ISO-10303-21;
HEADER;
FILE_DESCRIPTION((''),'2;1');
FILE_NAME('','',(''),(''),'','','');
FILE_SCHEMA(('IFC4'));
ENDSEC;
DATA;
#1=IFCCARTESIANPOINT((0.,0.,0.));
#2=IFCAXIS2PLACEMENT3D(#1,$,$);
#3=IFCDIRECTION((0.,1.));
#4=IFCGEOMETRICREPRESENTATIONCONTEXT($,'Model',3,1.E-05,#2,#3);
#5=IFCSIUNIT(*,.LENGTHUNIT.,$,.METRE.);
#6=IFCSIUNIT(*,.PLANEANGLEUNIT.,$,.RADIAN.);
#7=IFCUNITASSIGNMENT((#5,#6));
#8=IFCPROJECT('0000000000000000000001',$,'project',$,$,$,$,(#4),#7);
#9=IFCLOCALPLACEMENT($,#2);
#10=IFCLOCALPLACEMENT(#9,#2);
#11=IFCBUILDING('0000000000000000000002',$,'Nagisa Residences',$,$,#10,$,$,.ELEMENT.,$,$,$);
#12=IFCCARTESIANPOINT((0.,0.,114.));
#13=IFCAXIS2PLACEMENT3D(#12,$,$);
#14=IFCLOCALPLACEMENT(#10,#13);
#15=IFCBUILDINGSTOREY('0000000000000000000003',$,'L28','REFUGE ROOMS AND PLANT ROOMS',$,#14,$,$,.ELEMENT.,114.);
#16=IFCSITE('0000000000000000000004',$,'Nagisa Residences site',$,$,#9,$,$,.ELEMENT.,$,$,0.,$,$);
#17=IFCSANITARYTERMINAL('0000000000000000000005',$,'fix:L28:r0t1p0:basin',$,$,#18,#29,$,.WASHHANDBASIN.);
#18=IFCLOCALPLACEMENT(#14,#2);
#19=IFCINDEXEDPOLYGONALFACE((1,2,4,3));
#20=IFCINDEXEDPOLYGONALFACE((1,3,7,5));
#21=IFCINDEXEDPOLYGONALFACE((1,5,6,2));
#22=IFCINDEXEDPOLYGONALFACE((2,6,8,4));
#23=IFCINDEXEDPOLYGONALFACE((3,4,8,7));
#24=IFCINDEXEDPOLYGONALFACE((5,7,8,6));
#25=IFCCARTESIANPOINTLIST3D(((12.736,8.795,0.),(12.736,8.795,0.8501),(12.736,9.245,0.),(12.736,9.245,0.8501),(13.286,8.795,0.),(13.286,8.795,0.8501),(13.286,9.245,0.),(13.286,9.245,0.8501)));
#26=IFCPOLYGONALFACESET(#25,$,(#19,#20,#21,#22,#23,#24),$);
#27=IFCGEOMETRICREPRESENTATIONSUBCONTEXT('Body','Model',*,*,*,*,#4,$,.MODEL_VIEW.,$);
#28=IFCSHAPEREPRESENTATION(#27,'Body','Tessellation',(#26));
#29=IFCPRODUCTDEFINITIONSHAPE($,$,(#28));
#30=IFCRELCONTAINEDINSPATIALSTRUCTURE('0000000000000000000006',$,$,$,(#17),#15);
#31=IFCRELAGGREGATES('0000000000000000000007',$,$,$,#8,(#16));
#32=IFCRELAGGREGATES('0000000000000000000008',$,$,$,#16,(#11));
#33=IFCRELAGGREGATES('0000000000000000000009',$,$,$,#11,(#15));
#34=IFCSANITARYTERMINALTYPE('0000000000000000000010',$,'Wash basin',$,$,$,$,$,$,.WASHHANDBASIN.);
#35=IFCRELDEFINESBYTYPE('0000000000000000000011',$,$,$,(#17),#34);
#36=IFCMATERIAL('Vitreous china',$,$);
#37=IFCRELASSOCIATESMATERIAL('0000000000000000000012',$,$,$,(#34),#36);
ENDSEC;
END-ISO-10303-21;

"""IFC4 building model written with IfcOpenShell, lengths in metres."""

from ifc_helpers import new_model, si_unit, direction, frame, origin, origin_2d, place, context, subcontext, project, spatial, rectangle, extrude, material, type_object, element, save


model = new_model("IFC4")

# Units and contexts
model_context = context("Model", 3, precision=1e-05, world=origin(), true_north=direction((0.0, 1.0)))
body_context = subcontext(model_context, "Body", "Model", "MODEL_VIEW")
ifc_project = project(units=[si_unit("LENGTHUNIT", "METRE"), si_unit("PLANEANGLEUNIT", "RADIAN")], contexts=[model_context])

# Site, building, storey
site_placement = place(None, origin())
site = spatial("IfcSite", under=ifc_project, at=site_placement, Name="Nagisa Residences site", CompositionType="ELEMENT", RefElevation=0.0)
building_placement = place(site_placement, origin())
building = spatial("IfcBuilding", under=site, at=building_placement, Name="Nagisa Residences", CompositionType="ELEMENT")
storey_placement = place(building_placement, frame((0.0, 0.0, 114.0)))
storey = spatial("IfcBuildingStorey", under=building, at=storey_placement, Name="L28", Description="REFUGE ROOMS AND PLANT ROOMS", CompositionType="ELEMENT", Elevation=114.0)

# Sanitary terminal
ifc_material_1 = material(Name="Vitreous china")
sanitary_terminal_type = type_object("IfcSanitaryTerminalType", Name="Wash basin", PredefinedType="WASHHANDBASIN", material=ifc_material_1)
sanitary_terminal_placement = place(storey_placement, frame((13.011, 9.02, 0.0), z_axis=(0.0, 0.0, 1.0), x_axis=(1.0, 0.0, 0.0)))
element("IfcSanitaryTerminal", 1, at=sanitary_terminal_placement, inside=storey, type_object=sanitary_terminal_type, Name="fix:L28:r0t1p0:basin", PredefinedType="WASHHANDBASIN", context=body_context, shape_type="SweptSolid", body=[
    extrude(rectangle(XDim=0.55, YDim=0.45, at=origin_2d()), origin(), (0.0, 0.0, 1.0), 0.8501),
])

save(model, "model.ifc")
